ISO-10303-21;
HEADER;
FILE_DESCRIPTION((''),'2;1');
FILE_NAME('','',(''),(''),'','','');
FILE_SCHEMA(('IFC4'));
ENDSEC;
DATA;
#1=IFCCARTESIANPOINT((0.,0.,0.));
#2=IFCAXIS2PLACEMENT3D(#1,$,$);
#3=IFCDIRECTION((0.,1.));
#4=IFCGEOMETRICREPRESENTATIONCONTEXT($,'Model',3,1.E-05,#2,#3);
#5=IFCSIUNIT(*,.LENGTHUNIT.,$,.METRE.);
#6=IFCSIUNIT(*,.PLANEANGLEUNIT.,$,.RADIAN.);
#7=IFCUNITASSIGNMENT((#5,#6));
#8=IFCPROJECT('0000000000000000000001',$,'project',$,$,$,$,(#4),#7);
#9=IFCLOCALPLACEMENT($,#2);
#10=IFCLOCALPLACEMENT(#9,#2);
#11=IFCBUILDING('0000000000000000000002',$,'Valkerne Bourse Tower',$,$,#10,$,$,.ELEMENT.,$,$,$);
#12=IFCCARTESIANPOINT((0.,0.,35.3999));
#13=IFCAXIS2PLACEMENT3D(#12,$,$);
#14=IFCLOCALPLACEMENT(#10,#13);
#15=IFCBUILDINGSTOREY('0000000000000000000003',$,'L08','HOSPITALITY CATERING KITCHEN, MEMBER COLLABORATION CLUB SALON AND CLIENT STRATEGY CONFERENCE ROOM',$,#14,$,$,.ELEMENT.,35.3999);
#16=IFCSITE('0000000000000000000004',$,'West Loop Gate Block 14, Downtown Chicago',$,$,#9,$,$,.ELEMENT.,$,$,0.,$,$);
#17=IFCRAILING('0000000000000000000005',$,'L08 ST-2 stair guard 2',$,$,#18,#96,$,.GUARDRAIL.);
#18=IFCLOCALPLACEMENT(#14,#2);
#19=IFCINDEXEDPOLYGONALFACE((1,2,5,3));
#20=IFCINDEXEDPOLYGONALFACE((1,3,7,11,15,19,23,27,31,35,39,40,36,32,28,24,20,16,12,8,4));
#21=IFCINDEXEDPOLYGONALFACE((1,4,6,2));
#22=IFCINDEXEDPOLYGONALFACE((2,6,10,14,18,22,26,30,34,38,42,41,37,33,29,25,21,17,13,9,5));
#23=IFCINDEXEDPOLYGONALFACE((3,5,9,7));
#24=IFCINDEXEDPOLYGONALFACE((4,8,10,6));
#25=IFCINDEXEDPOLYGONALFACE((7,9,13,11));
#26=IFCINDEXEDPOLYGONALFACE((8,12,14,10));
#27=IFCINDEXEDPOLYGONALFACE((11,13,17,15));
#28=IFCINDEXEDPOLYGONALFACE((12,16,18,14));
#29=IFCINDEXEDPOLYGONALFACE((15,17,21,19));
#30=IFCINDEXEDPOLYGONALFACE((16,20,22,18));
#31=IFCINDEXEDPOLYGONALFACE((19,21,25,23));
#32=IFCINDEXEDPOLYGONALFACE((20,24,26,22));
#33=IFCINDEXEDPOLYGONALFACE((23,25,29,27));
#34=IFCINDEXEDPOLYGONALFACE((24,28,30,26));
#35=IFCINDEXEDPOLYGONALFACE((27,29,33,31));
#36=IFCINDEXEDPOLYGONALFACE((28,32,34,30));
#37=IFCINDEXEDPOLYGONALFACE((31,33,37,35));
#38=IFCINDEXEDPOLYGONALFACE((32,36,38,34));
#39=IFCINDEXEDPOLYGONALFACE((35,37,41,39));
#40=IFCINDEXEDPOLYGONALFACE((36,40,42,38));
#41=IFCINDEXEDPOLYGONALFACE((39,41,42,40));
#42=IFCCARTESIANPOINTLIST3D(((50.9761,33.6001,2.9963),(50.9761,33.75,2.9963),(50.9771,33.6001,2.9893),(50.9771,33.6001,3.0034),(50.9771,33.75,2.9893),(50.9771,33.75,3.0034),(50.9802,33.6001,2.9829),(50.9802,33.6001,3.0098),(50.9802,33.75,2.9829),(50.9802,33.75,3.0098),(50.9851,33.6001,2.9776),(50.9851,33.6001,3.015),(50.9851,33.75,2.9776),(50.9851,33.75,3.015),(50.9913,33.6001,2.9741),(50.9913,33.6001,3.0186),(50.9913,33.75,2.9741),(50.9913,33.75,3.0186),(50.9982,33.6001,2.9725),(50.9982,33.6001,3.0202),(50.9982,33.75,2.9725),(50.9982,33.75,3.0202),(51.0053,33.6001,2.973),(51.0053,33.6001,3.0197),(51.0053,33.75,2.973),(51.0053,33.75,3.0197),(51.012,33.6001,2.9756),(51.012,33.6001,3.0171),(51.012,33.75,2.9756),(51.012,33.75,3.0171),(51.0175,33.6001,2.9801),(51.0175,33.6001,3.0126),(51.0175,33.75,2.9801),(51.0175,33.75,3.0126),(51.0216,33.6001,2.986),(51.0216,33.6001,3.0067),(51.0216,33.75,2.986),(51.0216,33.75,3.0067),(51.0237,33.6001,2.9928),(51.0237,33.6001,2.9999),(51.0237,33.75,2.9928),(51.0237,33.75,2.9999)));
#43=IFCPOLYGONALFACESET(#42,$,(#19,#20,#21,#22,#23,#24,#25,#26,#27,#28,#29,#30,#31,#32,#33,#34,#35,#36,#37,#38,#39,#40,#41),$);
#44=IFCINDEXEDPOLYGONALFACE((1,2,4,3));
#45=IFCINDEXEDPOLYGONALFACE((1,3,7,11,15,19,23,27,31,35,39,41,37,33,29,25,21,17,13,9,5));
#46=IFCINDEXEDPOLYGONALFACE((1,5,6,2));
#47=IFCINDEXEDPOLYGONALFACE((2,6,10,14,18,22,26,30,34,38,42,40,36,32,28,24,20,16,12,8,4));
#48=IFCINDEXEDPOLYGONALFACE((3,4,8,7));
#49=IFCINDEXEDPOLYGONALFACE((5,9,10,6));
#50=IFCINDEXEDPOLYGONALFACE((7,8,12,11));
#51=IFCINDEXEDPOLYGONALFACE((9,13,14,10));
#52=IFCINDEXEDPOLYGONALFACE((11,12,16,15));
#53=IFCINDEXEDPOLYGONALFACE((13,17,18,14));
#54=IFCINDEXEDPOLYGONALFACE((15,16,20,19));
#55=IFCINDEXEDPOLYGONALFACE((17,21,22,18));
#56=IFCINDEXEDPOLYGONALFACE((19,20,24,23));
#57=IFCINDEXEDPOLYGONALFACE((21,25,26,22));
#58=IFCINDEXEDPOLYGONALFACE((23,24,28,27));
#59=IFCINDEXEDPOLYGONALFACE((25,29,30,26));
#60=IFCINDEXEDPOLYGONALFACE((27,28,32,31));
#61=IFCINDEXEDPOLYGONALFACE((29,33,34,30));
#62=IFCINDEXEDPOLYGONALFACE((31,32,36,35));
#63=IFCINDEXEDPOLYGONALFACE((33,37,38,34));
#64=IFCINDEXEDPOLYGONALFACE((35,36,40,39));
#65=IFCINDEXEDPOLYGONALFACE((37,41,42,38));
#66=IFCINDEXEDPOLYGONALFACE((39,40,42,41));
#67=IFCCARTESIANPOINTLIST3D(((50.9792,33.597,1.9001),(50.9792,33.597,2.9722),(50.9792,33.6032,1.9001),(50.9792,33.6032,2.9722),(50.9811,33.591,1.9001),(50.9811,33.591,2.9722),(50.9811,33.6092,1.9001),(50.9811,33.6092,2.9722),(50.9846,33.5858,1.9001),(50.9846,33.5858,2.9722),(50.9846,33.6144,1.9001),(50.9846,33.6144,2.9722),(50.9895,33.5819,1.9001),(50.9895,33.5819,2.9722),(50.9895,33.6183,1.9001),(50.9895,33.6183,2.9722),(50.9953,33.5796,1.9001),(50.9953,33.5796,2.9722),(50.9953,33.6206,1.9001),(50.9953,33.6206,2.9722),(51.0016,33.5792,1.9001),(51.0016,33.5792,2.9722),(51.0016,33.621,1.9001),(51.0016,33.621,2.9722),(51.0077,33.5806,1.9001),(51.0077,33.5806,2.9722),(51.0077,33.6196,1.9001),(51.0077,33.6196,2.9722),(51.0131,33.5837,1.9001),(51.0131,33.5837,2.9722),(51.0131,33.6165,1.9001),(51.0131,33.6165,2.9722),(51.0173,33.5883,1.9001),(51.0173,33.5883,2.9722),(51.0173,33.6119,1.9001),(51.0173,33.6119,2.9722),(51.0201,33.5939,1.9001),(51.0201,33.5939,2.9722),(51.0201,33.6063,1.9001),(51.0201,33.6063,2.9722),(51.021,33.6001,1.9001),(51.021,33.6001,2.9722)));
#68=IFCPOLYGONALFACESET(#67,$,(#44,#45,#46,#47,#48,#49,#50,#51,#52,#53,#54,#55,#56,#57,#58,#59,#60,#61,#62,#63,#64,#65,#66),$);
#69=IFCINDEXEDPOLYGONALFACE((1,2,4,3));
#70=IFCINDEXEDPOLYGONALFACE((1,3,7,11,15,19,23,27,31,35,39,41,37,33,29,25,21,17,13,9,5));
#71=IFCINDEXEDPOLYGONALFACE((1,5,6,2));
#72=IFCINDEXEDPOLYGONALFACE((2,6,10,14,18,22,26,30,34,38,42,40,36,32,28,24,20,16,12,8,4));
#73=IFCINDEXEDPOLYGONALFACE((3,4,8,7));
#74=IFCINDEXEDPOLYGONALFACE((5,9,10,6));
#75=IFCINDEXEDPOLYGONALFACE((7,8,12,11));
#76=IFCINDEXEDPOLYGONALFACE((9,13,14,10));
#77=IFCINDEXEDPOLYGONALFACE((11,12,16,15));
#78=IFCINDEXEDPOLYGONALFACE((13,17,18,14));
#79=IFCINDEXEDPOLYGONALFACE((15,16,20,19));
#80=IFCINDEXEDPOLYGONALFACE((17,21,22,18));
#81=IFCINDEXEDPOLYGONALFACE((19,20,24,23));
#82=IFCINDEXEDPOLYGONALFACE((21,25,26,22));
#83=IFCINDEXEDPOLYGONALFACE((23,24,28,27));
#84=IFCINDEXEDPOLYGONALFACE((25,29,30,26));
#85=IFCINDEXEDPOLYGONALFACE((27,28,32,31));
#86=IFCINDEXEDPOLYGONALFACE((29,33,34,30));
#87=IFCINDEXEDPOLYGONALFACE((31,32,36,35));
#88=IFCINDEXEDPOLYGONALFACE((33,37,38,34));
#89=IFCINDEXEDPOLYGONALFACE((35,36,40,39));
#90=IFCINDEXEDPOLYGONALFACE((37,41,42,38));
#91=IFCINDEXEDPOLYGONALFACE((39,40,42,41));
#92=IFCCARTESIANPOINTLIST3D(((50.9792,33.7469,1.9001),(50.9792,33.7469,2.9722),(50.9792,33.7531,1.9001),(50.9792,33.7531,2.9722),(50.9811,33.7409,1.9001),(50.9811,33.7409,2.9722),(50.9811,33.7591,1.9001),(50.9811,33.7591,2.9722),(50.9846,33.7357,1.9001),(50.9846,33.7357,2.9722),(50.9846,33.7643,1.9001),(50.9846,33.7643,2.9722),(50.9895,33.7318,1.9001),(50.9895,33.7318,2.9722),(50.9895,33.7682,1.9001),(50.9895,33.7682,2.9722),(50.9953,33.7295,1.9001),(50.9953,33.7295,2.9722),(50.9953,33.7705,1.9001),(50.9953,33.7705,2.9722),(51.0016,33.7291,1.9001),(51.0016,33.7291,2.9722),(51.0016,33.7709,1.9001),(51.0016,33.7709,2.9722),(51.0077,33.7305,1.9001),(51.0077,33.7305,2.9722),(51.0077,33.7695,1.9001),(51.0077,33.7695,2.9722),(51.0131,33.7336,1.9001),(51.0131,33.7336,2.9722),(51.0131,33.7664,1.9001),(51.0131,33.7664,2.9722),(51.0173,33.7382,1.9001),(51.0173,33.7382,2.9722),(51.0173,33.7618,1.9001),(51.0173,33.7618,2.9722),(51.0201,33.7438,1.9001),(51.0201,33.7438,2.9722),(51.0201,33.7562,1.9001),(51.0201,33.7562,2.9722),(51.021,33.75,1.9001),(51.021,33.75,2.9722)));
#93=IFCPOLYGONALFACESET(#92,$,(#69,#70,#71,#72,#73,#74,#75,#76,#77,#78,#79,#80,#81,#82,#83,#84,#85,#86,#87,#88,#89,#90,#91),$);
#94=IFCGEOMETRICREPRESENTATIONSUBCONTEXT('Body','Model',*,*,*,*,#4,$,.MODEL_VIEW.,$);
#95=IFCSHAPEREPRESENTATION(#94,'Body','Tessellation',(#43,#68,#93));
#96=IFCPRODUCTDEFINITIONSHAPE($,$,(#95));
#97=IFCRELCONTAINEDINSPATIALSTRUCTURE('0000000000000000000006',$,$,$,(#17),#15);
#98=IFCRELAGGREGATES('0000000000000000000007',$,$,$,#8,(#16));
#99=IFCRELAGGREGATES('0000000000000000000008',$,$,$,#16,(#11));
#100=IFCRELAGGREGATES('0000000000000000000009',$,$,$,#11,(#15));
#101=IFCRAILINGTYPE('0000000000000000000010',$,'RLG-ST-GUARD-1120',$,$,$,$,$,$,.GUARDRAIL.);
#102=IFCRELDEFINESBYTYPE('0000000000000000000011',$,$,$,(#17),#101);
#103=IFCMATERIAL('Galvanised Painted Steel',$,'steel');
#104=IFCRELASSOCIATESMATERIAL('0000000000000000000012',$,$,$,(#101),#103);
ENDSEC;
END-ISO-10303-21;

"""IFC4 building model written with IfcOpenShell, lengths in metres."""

from ifc_helpers import new_model, si_unit, direction, frame, origin, origin_2d, place, context, subcontext, project, spatial, circle, extrude, material, type_object, element, save


model = new_model("IFC4")

# Units and contexts
model_context = context("Model", 3, precision=1e-05, world=origin(), true_north=direction((0.0, 1.0)))
body_context = subcontext(model_context, "Body", "Model", "MODEL_VIEW")
ifc_project = project(units=[si_unit("LENGTHUNIT", "METRE"), si_unit("PLANEANGLEUNIT", "RADIAN")], contexts=[model_context])

# Site, building, storey
site_placement = place(None, origin())
site = spatial("IfcSite", under=ifc_project, at=site_placement, Name="West Loop Gate Block 14, Downtown Chicago", CompositionType="ELEMENT", RefElevation=0.0)
building_placement = place(site_placement, origin())
building = spatial("IfcBuilding", under=site, at=building_placement, Name="Valkerne Bourse Tower", CompositionType="ELEMENT")
storey_placement = place(building_placement, frame((0.0, 0.0, 35.3999)))
storey = spatial("IfcBuildingStorey", under=building, at=storey_placement, Name="L08", Description="HOSPITALITY CATERING KITCHEN, MEMBER COLLABORATION CLUB SALON AND CLIENT STRATEGY CONFERENCE ROOM", CompositionType="ELEMENT", Elevation=35.3999)

# Railing
ifc_material_1 = material(Name="Galvanised Painted Steel", Category="steel")
railing_type_1 = type_object("IfcRailingType", Name="RLG-ST-GUARD-1120", PredefinedType="GUARDRAIL", material=ifc_material_1)
railing_1_placement = place(storey_placement, frame((51.0, 33.6001, 1.9001)))
element("IfcRailing", 1, at=railing_1_placement, inside=storey, type_object=railing_type_1, Name="L08 ST-2 stair guard 2", PredefinedType="GUARDRAIL", context=body_context, shape_type="SweptSolid", body=[
    extrude(circle(Radius=0.0239, at=origin_2d()), frame((0.0, 0.0, 1.0962), z_axis=(0.0, 1.0, 0.0), x_axis=(-1.0, 0.0, 0.0)), (0.0, 0.0, 1.0), 0.1499),
    extrude(circle(Radius=0.021, at=origin_2d()), origin(), (0.0, 0.0, 1.0), 1.072),
    extrude(circle(Radius=0.021, at=origin_2d()), frame((0.0, 0.1499, 0.0)), (0.0, 0.0, 1.0), 1.072),
])

save(model, "model.ifc")
